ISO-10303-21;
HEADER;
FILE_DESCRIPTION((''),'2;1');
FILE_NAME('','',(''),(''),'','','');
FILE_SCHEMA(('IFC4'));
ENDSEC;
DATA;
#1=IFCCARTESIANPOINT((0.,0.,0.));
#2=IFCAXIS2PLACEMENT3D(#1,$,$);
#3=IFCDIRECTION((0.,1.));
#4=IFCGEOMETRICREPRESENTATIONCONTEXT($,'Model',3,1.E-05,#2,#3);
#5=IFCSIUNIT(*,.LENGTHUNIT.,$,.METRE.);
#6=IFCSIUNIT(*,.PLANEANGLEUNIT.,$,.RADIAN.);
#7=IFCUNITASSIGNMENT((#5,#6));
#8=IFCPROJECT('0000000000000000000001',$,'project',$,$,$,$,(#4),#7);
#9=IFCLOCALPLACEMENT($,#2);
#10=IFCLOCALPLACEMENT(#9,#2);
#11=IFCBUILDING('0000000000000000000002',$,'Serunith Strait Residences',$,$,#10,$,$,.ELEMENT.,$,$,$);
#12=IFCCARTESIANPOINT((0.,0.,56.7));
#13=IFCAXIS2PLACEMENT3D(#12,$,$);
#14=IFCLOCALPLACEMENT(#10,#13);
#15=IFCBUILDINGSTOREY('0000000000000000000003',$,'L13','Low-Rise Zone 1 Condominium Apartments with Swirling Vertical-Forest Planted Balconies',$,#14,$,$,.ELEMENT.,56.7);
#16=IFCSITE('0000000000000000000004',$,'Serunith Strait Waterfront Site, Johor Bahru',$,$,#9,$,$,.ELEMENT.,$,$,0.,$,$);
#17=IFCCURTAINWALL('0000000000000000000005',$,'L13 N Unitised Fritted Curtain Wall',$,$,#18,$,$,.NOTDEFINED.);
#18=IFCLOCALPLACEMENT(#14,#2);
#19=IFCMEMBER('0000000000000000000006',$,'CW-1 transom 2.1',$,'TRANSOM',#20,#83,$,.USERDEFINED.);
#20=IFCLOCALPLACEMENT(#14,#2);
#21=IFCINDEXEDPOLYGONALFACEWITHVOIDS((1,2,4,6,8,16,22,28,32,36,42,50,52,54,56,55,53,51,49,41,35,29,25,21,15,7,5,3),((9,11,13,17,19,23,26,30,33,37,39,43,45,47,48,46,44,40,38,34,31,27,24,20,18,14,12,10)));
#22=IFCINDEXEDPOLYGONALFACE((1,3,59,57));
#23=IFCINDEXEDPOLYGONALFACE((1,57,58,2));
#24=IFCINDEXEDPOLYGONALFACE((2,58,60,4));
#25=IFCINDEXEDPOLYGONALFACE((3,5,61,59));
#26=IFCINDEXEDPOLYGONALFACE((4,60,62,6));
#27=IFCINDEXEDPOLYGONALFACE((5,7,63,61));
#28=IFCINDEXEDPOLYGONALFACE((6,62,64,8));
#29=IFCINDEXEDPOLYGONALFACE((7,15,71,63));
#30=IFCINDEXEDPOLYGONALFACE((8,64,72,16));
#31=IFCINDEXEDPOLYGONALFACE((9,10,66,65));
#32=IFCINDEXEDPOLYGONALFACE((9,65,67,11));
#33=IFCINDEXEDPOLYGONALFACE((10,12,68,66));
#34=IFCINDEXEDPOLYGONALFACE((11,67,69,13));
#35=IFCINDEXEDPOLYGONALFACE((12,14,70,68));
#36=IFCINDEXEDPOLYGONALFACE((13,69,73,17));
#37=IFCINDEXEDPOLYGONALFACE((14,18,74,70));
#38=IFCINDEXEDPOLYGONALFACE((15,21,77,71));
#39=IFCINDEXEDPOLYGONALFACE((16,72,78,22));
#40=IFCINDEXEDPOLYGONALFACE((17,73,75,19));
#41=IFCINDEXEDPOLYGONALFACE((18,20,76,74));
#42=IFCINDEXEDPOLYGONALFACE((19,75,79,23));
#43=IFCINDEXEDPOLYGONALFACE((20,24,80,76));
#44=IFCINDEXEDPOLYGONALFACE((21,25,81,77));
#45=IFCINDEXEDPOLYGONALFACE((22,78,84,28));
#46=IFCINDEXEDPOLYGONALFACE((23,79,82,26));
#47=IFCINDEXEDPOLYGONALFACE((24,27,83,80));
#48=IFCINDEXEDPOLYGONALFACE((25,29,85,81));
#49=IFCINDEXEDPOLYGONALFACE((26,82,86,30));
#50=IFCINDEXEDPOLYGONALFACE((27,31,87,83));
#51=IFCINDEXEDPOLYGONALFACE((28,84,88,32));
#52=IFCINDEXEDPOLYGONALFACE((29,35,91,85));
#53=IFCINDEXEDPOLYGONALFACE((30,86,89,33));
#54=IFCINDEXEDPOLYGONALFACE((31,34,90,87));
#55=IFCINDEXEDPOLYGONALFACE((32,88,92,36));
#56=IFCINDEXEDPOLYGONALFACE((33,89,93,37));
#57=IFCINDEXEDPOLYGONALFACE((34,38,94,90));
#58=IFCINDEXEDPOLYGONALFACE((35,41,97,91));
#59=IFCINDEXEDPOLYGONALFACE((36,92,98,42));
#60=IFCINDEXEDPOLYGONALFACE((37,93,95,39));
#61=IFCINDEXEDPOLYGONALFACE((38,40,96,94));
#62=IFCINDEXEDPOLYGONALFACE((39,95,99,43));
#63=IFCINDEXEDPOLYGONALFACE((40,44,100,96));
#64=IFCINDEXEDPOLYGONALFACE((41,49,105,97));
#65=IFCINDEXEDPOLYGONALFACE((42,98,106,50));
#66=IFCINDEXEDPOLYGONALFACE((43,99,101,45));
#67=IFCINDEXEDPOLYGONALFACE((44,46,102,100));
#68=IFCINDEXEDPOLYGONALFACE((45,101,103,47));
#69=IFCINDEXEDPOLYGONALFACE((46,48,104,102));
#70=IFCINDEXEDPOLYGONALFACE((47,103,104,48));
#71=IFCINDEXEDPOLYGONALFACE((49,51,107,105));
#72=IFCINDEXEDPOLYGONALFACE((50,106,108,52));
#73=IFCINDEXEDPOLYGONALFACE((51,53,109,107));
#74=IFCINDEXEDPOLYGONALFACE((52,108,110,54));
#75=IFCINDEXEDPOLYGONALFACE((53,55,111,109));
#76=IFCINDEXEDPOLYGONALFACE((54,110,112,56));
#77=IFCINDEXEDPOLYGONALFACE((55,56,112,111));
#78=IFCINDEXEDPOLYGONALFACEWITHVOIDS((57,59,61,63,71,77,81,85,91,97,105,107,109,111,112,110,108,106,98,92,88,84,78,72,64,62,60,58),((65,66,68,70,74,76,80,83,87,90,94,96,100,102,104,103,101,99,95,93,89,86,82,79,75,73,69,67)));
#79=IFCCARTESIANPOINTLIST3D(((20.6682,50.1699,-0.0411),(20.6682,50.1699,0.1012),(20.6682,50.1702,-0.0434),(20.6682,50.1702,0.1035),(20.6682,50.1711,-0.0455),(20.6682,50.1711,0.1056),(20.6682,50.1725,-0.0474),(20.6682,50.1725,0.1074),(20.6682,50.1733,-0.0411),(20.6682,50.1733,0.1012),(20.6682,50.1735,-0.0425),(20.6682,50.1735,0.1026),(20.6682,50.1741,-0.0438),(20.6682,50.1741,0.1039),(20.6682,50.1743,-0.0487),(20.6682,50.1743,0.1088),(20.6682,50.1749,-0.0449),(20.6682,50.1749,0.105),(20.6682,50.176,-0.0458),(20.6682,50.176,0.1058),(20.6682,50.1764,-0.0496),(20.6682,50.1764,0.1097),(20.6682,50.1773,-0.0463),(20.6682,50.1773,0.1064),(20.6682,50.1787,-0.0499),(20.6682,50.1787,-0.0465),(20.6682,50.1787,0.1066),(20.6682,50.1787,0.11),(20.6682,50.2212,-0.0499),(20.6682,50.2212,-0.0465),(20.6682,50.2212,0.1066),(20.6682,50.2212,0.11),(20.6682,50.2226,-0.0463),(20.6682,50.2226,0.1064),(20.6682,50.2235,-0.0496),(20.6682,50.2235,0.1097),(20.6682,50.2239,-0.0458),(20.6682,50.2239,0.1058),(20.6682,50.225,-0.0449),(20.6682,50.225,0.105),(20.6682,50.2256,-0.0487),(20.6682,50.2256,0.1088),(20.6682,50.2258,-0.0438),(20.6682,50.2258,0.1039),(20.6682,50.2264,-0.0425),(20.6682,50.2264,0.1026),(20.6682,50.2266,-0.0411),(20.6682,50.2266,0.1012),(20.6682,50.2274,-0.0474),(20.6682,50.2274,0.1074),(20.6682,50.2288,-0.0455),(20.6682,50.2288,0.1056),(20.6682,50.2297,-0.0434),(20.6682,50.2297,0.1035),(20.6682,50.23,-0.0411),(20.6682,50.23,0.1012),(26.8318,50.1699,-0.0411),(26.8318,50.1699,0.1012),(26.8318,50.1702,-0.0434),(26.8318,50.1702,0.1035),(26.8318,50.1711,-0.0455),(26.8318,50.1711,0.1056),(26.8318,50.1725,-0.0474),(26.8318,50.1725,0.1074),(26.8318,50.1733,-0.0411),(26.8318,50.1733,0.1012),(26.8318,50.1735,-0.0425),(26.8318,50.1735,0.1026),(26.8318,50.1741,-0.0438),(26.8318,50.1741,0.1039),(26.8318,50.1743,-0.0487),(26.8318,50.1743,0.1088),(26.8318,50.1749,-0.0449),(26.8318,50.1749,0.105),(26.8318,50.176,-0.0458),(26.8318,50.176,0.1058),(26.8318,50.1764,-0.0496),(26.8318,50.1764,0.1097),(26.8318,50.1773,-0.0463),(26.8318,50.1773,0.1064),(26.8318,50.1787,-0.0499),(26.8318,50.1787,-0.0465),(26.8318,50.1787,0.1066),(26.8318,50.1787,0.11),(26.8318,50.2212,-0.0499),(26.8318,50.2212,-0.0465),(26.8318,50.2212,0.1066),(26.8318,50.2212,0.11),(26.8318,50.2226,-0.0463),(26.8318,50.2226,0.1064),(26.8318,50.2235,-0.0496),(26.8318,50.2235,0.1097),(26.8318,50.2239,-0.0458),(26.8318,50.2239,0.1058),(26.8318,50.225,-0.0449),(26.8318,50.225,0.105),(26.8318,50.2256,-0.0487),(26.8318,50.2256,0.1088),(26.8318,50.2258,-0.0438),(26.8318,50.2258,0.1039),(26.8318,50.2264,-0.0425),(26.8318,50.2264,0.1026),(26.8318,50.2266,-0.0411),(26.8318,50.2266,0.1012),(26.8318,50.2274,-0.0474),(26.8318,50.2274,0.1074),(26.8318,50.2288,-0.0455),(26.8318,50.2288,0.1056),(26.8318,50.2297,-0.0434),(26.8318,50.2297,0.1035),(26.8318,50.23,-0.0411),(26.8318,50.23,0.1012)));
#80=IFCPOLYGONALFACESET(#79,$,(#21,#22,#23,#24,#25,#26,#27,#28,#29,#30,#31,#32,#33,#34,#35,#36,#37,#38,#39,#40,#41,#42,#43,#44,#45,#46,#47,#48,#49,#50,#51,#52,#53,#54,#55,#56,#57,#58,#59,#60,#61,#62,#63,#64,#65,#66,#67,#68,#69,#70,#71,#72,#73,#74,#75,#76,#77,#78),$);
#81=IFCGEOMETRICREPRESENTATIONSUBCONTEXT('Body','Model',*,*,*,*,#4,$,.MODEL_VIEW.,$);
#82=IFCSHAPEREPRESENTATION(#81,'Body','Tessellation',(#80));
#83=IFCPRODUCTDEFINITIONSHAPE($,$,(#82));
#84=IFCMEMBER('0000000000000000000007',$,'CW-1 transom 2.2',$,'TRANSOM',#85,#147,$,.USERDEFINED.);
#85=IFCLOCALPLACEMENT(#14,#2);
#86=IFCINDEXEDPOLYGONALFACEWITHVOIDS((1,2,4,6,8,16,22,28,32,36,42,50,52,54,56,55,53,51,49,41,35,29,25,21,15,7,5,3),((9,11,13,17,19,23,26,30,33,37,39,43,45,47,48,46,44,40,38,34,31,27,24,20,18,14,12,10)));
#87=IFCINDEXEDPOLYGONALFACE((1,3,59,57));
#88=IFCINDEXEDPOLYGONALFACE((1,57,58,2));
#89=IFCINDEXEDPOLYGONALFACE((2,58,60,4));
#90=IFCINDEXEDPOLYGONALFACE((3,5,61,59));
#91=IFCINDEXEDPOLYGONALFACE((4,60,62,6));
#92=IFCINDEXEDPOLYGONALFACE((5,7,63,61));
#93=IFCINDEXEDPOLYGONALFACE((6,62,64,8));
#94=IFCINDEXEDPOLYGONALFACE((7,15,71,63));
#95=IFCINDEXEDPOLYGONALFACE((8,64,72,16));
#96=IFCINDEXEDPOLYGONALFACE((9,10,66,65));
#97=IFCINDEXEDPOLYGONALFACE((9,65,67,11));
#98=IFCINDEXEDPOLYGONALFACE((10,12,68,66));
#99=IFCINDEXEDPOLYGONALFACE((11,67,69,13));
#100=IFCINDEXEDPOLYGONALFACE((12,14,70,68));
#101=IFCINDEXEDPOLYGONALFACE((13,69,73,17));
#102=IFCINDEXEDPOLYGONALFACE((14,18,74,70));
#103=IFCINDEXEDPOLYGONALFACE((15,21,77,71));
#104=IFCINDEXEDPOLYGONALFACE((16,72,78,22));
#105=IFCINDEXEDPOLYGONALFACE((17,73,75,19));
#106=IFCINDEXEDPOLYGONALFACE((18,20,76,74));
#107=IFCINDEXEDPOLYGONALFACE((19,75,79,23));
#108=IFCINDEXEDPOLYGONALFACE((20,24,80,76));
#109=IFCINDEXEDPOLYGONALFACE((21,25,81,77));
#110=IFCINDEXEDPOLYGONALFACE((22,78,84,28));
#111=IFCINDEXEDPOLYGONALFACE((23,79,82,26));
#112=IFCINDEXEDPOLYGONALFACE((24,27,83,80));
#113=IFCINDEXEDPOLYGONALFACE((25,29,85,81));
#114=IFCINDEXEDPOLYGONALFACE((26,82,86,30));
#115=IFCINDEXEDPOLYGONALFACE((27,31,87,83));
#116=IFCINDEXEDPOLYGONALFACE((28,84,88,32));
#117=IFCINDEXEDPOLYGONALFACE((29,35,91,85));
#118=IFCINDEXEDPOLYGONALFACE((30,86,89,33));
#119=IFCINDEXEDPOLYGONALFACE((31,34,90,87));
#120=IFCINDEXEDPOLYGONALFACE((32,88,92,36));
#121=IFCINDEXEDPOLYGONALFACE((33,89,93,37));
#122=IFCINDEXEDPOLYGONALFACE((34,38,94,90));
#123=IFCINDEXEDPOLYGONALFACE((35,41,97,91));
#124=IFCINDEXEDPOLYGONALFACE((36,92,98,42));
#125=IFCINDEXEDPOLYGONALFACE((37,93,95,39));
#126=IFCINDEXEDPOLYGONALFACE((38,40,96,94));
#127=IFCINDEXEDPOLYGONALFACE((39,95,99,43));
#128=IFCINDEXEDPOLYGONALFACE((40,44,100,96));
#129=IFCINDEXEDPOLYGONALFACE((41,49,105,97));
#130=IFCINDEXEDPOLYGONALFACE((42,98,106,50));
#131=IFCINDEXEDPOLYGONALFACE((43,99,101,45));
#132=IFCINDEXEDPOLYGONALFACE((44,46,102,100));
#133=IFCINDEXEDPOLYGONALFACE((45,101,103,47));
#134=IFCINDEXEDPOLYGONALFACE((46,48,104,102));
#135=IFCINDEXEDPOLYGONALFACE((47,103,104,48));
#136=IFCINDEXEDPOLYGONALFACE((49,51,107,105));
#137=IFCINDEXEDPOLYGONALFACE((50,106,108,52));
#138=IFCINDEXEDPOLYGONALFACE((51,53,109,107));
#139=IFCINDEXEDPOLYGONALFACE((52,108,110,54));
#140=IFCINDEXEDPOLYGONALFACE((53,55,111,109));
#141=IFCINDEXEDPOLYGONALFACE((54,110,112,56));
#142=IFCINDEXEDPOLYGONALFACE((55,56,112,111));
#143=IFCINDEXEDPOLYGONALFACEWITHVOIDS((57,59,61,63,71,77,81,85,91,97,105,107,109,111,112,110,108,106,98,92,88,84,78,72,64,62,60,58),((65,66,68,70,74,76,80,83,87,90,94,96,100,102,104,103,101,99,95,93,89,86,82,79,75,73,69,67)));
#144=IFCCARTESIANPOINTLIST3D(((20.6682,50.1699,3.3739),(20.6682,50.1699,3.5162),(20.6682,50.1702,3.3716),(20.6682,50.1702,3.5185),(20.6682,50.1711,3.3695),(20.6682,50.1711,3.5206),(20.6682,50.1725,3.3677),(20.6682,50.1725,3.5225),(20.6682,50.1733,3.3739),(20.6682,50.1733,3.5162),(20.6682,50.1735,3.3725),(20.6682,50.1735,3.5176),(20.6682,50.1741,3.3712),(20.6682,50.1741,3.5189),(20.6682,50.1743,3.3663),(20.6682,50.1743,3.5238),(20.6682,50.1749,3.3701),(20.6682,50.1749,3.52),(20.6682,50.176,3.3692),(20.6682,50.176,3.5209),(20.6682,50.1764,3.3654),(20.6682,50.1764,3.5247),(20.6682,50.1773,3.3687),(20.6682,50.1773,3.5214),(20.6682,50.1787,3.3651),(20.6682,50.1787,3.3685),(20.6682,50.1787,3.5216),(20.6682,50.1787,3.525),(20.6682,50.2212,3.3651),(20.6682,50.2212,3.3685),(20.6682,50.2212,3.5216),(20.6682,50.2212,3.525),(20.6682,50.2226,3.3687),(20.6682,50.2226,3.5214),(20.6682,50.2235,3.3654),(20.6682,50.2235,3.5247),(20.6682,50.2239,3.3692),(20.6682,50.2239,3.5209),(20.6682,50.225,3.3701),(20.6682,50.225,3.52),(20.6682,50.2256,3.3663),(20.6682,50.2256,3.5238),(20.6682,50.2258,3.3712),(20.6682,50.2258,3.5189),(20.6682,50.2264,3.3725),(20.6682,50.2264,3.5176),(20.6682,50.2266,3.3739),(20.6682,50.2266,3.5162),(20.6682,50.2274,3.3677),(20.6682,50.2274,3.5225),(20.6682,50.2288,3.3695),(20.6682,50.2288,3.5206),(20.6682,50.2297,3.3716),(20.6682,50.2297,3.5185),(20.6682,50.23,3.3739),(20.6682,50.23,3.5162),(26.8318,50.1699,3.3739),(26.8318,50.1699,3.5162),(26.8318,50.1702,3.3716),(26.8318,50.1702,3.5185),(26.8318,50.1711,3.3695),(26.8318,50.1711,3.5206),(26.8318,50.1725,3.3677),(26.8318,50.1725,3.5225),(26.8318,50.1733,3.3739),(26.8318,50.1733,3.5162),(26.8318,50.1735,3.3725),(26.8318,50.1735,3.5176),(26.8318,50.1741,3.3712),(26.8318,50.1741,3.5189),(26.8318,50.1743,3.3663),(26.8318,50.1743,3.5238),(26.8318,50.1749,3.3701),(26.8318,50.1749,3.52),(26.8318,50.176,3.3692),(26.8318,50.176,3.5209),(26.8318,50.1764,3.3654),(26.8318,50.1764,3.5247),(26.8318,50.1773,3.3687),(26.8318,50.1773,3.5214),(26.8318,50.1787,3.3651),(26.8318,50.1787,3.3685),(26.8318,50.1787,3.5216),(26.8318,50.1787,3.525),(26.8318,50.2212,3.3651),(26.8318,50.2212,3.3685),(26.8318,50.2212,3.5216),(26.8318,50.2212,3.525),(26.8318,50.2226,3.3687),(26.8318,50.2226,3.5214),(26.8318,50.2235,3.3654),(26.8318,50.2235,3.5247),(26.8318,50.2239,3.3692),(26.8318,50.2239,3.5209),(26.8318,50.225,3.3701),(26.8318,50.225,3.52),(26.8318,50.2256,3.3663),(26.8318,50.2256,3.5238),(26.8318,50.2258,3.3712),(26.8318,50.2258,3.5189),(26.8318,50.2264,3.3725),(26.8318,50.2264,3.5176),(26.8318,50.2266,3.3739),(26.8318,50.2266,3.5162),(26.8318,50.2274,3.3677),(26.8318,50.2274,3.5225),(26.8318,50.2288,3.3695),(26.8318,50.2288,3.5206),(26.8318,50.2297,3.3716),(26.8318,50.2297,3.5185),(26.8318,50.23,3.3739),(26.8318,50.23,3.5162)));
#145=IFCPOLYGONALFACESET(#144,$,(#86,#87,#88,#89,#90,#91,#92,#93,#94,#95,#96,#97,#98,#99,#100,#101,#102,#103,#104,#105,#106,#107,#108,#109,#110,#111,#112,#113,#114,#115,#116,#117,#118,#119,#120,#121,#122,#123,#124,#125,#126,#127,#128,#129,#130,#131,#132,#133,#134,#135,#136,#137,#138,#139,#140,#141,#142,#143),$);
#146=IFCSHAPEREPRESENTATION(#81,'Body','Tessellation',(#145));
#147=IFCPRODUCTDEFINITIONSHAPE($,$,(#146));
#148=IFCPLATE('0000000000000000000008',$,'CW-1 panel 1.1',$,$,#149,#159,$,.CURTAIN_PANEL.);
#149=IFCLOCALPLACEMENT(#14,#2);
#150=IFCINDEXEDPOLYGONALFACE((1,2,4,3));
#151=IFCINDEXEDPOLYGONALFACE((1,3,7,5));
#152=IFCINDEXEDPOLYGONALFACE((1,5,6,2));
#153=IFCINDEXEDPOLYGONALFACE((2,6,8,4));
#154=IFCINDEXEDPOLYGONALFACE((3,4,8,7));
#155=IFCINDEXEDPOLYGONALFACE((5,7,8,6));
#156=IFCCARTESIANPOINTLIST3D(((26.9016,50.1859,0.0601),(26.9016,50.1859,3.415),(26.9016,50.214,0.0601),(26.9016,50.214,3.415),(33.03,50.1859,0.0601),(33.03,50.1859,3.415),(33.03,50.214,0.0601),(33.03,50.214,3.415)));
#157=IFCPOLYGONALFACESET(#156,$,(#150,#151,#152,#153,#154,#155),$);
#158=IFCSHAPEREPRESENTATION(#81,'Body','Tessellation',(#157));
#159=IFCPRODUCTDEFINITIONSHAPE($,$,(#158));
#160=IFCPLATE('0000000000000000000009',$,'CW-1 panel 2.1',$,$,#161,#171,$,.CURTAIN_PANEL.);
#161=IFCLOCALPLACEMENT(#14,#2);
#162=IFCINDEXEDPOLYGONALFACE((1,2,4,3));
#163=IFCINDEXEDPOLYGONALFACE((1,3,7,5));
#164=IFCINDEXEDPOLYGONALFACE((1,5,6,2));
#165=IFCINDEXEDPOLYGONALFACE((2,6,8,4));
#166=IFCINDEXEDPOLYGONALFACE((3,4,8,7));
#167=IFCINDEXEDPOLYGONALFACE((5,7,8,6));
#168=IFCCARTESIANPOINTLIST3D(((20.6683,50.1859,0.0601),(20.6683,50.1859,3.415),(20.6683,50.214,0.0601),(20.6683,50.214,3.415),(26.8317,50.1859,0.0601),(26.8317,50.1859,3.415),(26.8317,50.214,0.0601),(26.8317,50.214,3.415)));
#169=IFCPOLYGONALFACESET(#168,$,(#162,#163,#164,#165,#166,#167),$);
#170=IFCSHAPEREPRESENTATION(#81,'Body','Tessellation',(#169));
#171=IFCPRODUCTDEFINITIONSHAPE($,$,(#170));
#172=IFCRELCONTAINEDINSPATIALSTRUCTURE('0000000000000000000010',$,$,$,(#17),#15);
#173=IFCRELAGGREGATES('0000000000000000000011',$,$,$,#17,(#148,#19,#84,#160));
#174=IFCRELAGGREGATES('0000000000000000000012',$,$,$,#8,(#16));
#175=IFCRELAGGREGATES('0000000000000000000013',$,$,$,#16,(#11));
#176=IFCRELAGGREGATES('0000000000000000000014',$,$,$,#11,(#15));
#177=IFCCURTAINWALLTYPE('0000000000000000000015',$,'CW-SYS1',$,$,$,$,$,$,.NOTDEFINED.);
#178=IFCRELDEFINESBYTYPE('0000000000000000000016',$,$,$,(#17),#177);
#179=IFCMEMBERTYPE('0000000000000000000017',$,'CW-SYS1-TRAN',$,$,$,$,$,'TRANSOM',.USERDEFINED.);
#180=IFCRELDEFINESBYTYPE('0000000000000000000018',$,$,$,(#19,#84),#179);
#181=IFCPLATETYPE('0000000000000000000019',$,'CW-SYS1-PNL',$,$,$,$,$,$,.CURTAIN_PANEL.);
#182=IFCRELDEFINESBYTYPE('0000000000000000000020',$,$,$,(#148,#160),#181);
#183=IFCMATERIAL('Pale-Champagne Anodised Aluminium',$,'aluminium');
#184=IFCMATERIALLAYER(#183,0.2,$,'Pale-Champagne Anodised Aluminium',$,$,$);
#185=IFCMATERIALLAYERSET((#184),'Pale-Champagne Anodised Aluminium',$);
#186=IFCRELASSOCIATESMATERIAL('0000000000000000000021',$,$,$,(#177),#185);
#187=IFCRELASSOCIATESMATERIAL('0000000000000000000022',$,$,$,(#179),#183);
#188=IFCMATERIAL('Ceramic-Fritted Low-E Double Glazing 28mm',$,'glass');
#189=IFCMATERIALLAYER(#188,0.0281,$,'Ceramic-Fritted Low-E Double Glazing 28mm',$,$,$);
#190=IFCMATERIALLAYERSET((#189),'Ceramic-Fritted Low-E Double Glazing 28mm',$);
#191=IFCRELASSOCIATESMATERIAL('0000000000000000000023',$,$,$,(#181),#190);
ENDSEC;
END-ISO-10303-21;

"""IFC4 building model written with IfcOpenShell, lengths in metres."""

from ifc_helpers import new_model, si_unit, direction, frame, origin, origin_2d, place, context, subcontext, project, spatial, rectangle, hollow_rectangle, extrude, source, transform, mapped, material, layer, layer_set, material_profile, profile_set, type_object, element, aggregate, save


model = new_model("IFC4")

# Units and contexts
model_context = context("Model", 3, precision=1e-05, world=origin(), true_north=direction((0.0, 1.0)))
body_context = subcontext(model_context, "Body", "Model", "MODEL_VIEW")
ifc_project = project(units=[si_unit("LENGTHUNIT", "METRE"), si_unit("PLANEANGLEUNIT", "RADIAN")], contexts=[model_context])

# Site, building, storey
site_placement = place(None, origin())
site = spatial("IfcSite", under=ifc_project, at=site_placement, Name="Serunith Strait Waterfront Site, Johor Bahru", CompositionType="ELEMENT", RefElevation=0.0)
building_placement = place(site_placement, origin())
building = spatial("IfcBuilding", under=site, at=building_placement, Name="Serunith Strait Residences", CompositionType="ELEMENT")
storey_placement = place(building_placement, frame((0.0, 0.0, 56.7)))
storey = spatial("IfcBuildingStorey", under=building, at=storey_placement, Name="L13", Description="Low-Rise Zone 1 Condominium Apartments with Swirling Vertical-Forest Planted Balconies", CompositionType="ELEMENT", Elevation=56.7)

# Curtain wall, members, plates
ifc_material_1 = material(Name="Pale-Champagne Anodised Aluminium", Category="aluminium")
ifc_layer_1 = layer(ifc_material_1, 0.2, Name="Pale-Champagne Anodised Aluminium")
ifc_layer_set_1 = layer_set([ifc_layer_1], Name="Pale-Champagne Anodised Aluminium")
curtain_wall_type = type_object("IfcCurtainWallType", Name="CW-SYS1", PredefinedType="NOTDEFINED", material=ifc_layer_set_1)
curtain_wall_placement = place(storey_placement, origin())
curtain_wall = element("IfcCurtainWall", 1, at=curtain_wall_placement, inside=storey, type_object=curtain_wall_type, Name="L13 N Unitised Fritted Curtain Wall", PredefinedType="NOTDEFINED")
ifc_material_profile_1 = material_profile(ifc_material_1, hollow_rectangle(XDim=0.0601, YDim=0.1599, WallThickness=0.0034, InnerFilletRadius=0.0054, OuterFilletRadius=0.0088, at=origin_2d()), Name="ALU 160x60x3.5")
ifc_profile_set_1 = profile_set([ifc_material_profile_1], Name="Pale-Champagne Anodised Aluminium")
member_type_1 = type_object("IfcMemberType", Name="CW-SYS1-TRAN", ElementType="TRANSOM", PredefinedType="USERDEFINED", material=ifc_profile_set_1)
shared_shape_1 = source(origin(), body_context, "Body", "SweptSolid", [
    extrude(hollow_rectangle(XDim=0.0601, YDim=0.1599, WallThickness=0.0034, InnerFilletRadius=0.0054, OuterFilletRadius=0.0088, at=origin_2d()), origin(), (0.0, 0.0, 1.0), 6.1636),
])
member_1_placement = place(storey_placement, frame((26.8318, 50.2, 0.03), z_axis=(-1.0, 0.0, 0.0), x_axis=(0.0, -1.0, 0.0)))
member_1 = element("IfcMember", 2, at=member_1_placement, type_object=member_type_1, Name="CW-1 transom 2.1", ObjectType="TRANSOM", PredefinedType="USERDEFINED", context=body_context, shape_type="MappedRepresentation", body=[
    mapped(shared_shape_1, transform((0.0, 0.0, 0.0), scale=1.0)),
])
member_2_placement = place(storey_placement, frame((26.8318, 50.2, 3.4451), z_axis=(-1.0, 0.0, 0.0), x_axis=(0.0, -1.0, 0.0)))
member_2 = element("IfcMember", 3, at=member_2_placement, type_object=member_type_1, Name="CW-1 transom 2.2", ObjectType="TRANSOM", PredefinedType="USERDEFINED", context=body_context, shape_type="MappedRepresentation", body=[
    mapped(shared_shape_1, transform((0.0, 0.0, 0.0), scale=1.0)),
])
ifc_material_2 = material(Name="Ceramic-Fritted Low-E Double Glazing 28mm", Category="glass")
ifc_layer_2 = layer(ifc_material_2, 0.0281, Name="Ceramic-Fritted Low-E Double Glazing 28mm")
ifc_layer_set_2 = layer_set([ifc_layer_2], Name="Ceramic-Fritted Low-E Double Glazing 28mm")
plate_type = type_object("IfcPlateType", Name="CW-SYS1-PNL", PredefinedType="CURTAIN_PANEL", material=ifc_layer_set_2)
shared_shape_2 = source(origin(), body_context, "Body", "SweptSolid", [
    extrude(rectangle(XDim=6.1284, YDim=0.0281, at=origin_2d()), origin(), (0.0, 0.0, 1.0), 3.355),
])
plate_1_placement = place(storey_placement, frame((29.9658, 50.2, 0.0601), z_axis=(0.0, 0.0, 1.0), x_axis=(-1.0, 0.0, 0.0)))
plate_1 = element("IfcPlate", 4, at=plate_1_placement, type_object=plate_type, Name="CW-1 panel 1.1", PredefinedType="CURTAIN_PANEL", context=body_context, shape_type="MappedRepresentation", body=[
    mapped(shared_shape_2, transform((0.0, 0.0, 0.0), scale=1.0)),
])
shared_shape_3 = source(origin(), body_context, "Body", "SweptSolid", [
    extrude(rectangle(XDim=6.1633, YDim=0.0281, at=origin_2d()), origin(), (0.0, 0.0, 1.0), 3.355),
])
plate_2_placement = place(storey_placement, frame((23.75, 50.2, 0.0601), z_axis=(0.0, 0.0, 1.0), x_axis=(-1.0, 0.0, 0.0)))
plate_2 = element("IfcPlate", 5, at=plate_2_placement, type_object=plate_type, Name="CW-1 panel 2.1", PredefinedType="CURTAIN_PANEL", context=body_context, shape_type="MappedRepresentation", body=[
    mapped(shared_shape_3, transform((0.0, 0.0, 0.0), scale=1.0)),
])
aggregate(curtain_wall, [plate_1, member_1, member_2, plate_2])

save(model, "model.ifc")
